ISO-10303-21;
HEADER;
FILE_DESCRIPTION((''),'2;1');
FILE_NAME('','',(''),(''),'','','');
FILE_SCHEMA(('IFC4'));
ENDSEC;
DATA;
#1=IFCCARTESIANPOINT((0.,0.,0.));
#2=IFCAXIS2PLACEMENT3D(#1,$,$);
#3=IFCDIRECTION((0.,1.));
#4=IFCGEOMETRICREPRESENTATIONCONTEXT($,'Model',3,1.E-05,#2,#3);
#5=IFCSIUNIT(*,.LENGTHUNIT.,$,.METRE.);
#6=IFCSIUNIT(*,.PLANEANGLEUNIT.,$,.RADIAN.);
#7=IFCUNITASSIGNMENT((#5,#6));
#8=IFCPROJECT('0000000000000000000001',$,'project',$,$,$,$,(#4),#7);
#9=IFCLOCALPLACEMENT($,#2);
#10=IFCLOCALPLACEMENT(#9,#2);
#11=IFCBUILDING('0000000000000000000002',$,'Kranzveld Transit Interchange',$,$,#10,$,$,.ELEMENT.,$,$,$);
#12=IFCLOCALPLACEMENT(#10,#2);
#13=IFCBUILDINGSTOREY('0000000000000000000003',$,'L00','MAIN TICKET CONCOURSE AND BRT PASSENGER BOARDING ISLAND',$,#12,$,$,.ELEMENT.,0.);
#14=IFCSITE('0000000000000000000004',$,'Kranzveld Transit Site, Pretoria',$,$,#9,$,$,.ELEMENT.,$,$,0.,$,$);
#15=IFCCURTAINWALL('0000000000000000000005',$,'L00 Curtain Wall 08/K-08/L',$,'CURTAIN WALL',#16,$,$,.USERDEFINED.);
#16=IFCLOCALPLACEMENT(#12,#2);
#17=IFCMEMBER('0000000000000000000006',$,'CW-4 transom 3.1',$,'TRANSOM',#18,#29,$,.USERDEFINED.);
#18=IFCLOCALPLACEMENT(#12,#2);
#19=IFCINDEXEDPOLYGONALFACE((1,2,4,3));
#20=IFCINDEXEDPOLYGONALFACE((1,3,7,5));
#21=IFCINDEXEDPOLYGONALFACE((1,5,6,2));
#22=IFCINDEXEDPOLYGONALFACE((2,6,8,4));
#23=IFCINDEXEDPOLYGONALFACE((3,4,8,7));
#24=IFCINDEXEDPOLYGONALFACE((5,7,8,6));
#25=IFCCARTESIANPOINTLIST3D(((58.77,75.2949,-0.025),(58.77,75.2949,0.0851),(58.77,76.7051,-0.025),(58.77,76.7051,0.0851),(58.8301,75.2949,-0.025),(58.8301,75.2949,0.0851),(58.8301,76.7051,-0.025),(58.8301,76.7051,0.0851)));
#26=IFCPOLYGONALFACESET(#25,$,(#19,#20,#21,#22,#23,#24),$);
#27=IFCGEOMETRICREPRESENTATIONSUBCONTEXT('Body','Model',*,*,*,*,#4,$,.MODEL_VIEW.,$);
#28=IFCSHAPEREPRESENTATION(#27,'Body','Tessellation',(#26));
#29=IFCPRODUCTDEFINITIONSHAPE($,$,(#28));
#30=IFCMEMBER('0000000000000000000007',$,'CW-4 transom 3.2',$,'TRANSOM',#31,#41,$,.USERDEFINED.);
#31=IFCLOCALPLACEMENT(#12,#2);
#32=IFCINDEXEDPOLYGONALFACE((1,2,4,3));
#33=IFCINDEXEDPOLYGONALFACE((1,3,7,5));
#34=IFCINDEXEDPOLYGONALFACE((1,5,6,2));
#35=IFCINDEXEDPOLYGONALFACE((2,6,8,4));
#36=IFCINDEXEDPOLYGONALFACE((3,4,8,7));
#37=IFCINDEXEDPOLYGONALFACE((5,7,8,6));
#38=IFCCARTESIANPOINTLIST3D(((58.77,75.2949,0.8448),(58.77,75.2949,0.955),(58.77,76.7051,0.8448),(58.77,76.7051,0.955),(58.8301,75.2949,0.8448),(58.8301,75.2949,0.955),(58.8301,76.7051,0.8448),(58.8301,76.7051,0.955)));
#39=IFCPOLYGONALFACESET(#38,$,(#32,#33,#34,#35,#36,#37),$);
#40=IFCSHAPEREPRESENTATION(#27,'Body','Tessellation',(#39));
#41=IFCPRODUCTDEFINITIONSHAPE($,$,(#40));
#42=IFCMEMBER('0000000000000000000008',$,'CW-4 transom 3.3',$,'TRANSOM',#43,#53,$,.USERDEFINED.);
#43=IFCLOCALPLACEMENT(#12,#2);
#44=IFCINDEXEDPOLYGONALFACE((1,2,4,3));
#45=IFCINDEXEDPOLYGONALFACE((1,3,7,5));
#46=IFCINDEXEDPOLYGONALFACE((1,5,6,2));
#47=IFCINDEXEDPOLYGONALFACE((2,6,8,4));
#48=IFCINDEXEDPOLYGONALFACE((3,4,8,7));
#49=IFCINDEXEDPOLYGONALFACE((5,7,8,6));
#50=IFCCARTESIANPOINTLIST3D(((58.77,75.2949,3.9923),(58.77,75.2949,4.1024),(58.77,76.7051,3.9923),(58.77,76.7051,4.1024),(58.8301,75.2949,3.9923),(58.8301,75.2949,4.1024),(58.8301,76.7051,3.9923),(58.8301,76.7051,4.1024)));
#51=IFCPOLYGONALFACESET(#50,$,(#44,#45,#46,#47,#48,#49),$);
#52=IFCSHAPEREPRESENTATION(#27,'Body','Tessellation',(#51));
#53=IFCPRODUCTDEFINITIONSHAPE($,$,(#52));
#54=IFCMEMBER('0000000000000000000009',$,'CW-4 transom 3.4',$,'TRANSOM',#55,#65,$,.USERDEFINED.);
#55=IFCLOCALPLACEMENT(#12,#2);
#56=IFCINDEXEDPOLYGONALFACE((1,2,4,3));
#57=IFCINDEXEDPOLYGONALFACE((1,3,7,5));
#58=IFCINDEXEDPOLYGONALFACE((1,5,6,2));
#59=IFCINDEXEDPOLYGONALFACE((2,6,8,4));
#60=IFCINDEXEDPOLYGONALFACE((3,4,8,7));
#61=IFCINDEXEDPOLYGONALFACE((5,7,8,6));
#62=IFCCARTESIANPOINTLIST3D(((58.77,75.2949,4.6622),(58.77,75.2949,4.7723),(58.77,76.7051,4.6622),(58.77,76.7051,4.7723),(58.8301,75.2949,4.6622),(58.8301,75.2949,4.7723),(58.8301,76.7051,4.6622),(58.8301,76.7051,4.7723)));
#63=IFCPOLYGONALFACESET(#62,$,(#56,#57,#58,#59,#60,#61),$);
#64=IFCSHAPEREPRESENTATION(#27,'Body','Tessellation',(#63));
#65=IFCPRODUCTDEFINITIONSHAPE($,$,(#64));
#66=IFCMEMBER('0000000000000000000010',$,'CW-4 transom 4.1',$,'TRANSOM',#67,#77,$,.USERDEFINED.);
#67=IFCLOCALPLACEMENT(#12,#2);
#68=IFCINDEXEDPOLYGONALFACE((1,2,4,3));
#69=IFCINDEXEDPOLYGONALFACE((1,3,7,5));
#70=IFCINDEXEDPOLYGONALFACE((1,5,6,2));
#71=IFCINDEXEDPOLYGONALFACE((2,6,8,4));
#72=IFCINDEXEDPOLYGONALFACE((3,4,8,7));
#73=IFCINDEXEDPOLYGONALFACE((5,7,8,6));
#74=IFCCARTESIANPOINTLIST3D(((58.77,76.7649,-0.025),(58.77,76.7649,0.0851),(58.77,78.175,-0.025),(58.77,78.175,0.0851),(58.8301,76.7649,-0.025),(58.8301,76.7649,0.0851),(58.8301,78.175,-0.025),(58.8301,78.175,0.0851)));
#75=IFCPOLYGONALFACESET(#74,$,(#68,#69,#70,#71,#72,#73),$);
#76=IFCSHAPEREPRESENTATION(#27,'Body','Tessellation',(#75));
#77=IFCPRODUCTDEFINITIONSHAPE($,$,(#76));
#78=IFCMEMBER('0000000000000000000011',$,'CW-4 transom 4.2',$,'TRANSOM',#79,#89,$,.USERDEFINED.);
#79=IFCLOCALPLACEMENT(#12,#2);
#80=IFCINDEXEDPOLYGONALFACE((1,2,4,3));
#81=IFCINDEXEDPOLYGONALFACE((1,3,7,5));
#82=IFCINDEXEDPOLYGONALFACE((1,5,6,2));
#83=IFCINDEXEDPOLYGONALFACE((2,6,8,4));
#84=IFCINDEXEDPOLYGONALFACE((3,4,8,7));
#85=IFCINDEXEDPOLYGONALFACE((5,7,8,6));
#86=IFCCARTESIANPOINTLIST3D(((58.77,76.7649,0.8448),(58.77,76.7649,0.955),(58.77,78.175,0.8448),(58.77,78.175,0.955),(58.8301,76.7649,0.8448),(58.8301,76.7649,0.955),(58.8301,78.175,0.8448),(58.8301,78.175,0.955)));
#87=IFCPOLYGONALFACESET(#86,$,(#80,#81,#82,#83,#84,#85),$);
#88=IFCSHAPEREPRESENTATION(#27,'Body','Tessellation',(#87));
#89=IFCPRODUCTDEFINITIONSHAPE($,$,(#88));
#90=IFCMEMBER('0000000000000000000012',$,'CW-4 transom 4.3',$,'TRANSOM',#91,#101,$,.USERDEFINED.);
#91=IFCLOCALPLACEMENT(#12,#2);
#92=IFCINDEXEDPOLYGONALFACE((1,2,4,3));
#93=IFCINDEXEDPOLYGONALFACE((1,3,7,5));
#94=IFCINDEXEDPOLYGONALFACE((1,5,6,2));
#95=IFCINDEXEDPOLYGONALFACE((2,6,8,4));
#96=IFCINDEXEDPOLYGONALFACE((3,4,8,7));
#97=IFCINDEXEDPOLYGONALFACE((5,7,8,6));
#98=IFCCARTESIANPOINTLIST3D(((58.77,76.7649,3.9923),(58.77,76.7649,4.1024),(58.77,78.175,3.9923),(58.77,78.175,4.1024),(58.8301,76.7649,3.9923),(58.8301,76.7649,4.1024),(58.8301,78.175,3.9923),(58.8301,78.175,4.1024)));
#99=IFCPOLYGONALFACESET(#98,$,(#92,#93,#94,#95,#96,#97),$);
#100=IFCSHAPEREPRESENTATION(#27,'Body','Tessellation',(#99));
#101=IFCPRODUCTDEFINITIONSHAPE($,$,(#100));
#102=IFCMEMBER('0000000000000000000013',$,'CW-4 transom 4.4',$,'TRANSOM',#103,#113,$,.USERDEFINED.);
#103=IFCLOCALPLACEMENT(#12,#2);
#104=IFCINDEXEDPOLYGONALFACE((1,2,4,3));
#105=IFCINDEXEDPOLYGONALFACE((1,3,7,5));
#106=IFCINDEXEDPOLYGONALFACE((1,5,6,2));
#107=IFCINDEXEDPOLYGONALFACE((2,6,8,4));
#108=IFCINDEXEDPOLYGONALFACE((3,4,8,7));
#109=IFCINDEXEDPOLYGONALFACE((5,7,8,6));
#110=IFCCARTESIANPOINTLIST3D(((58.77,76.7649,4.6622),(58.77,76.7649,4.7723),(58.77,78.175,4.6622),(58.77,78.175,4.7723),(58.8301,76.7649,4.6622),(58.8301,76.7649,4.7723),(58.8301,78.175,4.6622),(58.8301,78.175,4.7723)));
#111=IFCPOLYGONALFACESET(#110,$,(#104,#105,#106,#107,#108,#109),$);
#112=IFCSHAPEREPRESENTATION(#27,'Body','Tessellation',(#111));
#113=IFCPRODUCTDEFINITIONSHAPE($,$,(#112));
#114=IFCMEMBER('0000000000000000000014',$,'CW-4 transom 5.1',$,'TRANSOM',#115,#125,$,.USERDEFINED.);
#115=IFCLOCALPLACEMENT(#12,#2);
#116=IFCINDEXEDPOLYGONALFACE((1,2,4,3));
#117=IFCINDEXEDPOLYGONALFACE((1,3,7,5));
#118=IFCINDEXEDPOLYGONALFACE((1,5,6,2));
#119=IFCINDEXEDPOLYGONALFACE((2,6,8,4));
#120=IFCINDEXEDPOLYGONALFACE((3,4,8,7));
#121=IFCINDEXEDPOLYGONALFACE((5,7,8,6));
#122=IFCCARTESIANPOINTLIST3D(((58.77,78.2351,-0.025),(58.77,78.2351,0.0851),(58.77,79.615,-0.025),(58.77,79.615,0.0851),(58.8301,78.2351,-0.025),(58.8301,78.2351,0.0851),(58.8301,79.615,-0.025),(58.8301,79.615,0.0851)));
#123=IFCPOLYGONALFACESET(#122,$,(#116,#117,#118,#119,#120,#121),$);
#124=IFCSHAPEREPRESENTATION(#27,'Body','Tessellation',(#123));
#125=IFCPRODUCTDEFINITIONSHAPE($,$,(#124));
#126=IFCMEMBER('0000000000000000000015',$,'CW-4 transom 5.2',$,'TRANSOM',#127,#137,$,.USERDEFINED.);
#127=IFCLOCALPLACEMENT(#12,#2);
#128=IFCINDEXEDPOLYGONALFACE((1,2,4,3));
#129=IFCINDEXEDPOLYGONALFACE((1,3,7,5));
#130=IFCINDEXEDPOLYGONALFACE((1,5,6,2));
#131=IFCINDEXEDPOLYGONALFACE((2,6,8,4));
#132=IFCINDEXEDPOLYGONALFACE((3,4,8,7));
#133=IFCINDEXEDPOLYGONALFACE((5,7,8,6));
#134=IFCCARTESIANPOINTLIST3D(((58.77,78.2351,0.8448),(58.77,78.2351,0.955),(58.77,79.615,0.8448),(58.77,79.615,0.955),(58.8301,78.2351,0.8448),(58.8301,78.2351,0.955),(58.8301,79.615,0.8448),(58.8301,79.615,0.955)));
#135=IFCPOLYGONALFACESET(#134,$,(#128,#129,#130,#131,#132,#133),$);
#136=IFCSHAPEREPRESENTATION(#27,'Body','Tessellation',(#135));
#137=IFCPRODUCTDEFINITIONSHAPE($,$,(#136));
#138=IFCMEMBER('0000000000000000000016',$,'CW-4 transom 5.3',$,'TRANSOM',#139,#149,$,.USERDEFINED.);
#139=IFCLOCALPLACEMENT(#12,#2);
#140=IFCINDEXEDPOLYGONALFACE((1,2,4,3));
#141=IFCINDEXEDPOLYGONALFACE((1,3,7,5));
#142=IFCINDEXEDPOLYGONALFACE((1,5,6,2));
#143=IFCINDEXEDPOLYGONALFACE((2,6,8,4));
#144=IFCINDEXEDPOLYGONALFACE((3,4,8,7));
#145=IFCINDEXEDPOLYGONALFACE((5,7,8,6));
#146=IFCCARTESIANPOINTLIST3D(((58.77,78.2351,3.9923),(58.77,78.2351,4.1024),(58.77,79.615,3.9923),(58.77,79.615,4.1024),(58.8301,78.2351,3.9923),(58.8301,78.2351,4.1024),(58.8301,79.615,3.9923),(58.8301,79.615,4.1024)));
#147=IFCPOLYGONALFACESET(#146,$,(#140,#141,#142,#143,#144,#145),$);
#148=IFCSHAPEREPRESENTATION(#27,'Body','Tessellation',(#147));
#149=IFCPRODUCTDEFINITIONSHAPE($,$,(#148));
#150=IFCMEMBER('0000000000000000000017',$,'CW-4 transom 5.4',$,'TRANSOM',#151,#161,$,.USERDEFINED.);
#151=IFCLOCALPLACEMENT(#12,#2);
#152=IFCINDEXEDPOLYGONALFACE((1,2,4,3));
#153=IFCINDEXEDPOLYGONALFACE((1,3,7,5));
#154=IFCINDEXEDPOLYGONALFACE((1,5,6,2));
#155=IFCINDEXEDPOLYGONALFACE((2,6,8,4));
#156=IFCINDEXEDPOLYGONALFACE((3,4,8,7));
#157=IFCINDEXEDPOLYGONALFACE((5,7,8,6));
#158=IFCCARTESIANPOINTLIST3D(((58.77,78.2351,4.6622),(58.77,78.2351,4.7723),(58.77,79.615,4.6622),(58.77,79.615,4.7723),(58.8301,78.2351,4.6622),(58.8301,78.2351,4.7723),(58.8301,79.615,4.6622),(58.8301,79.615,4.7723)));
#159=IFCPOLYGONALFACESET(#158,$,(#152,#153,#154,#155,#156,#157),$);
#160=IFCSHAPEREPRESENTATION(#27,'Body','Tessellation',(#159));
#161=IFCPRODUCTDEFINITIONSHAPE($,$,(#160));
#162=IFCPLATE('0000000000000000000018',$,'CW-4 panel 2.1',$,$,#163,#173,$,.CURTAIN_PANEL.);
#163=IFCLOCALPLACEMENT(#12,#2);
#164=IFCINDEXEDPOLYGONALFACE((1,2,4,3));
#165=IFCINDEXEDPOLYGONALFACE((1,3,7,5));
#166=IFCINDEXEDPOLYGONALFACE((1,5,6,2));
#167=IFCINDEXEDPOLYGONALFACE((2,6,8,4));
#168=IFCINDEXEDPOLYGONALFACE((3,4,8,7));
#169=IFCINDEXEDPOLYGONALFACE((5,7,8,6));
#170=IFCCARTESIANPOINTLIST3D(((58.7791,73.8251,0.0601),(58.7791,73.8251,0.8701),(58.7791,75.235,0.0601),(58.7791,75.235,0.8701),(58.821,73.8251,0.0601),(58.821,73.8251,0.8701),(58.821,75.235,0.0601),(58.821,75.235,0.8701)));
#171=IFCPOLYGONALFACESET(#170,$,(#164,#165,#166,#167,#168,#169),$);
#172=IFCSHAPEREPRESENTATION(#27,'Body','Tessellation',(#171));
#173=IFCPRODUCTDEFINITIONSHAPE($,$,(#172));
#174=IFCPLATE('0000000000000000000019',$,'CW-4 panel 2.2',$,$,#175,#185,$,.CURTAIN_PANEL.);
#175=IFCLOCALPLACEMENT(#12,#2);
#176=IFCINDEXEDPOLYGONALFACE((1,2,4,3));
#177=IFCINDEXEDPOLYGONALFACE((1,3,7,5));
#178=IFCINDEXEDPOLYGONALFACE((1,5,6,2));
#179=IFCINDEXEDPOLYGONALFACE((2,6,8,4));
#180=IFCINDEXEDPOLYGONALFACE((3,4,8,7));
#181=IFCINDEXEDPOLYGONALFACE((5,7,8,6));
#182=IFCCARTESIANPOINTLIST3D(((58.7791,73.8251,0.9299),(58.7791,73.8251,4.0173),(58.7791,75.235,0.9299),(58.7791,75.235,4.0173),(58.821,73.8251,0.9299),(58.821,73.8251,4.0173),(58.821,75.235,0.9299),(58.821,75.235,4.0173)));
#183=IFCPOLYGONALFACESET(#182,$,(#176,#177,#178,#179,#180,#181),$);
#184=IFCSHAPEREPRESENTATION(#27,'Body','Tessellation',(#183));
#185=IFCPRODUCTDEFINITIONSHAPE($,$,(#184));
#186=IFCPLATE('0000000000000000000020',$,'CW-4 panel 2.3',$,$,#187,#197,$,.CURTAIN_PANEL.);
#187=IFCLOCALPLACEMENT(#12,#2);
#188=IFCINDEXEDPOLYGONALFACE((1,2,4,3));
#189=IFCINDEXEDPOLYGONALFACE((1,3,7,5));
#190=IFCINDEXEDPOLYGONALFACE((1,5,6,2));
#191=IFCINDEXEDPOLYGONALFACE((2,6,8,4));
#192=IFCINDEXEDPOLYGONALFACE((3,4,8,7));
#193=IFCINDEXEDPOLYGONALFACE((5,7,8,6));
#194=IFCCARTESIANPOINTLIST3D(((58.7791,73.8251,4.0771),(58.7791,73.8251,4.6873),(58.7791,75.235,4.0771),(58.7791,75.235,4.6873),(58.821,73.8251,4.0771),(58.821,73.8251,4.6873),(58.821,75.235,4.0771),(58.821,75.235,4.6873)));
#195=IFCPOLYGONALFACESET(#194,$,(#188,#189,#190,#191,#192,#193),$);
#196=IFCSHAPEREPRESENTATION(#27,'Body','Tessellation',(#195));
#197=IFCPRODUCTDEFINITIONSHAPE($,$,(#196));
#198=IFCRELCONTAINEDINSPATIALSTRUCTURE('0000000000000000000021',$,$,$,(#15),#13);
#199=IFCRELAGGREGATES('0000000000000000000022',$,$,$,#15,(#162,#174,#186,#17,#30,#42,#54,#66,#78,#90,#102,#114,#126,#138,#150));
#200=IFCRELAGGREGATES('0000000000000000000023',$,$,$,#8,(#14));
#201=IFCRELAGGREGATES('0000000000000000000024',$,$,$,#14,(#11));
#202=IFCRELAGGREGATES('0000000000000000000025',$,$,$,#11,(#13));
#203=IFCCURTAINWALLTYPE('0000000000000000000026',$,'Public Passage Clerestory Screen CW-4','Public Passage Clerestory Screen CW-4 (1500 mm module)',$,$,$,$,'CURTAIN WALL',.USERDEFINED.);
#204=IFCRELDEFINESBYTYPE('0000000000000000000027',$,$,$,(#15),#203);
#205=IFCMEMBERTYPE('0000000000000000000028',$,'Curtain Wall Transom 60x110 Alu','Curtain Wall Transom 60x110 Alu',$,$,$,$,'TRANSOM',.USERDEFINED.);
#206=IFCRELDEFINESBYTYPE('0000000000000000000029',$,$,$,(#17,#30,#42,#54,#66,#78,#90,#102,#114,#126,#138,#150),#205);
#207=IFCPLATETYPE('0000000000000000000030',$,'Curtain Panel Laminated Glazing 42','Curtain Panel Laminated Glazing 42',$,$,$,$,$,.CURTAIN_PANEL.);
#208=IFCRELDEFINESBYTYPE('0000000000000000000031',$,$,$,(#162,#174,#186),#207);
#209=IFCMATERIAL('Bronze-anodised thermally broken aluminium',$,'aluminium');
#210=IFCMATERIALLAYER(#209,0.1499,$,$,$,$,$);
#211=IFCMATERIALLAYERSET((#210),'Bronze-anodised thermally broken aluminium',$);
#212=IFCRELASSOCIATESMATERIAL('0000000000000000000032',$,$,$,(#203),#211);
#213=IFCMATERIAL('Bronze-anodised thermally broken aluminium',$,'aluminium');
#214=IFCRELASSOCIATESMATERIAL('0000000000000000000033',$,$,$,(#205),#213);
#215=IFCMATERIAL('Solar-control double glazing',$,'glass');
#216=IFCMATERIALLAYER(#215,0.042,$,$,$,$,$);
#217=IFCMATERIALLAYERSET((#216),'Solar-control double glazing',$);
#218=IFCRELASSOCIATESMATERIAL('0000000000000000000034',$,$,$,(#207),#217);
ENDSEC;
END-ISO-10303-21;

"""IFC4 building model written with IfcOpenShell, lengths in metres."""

from ifc_helpers import new_model, si_unit, direction, frame, origin, origin_2d, place, context, subcontext, project, spatial, rectangle, extrude, material, layer, layer_set, material_profile, profile_set, type_object, element, aggregate, save


model = new_model("IFC4")

# Units and contexts
model_context = context("Model", 3, precision=1e-05, world=origin(), true_north=direction((0.0, 1.0)))
body_context = subcontext(model_context, "Body", "Model", "MODEL_VIEW")
ifc_project = project(units=[si_unit("LENGTHUNIT", "METRE"), si_unit("PLANEANGLEUNIT", "RADIAN")], contexts=[model_context])

# Site, building, storey
site_placement = place(None, origin())
site = spatial("IfcSite", under=ifc_project, at=site_placement, Name="Kranzveld Transit Site, Pretoria", CompositionType="ELEMENT", RefElevation=0.0)
building_placement = place(site_placement, origin())
building = spatial("IfcBuilding", under=site, at=building_placement, Name="Kranzveld Transit Interchange", CompositionType="ELEMENT")
storey_placement = place(building_placement, origin())
storey = spatial("IfcBuildingStorey", under=building, at=storey_placement, Name="L00", Description="MAIN TICKET CONCOURSE AND BRT PASSENGER BOARDING ISLAND", CompositionType="ELEMENT", Elevation=0.0)

# Curtain wall, members, plates
ifc_material_1 = material(Name="Bronze-anodised thermally broken aluminium", Category="aluminium")
ifc_layer_1 = layer(ifc_material_1, 0.1499)
ifc_layer_set_1 = layer_set([ifc_layer_1], Name="Bronze-anodised thermally broken aluminium")
curtain_wall_type = type_object("IfcCurtainWallType", Name="Public Passage Clerestory Screen CW-4", Description="Public Passage Clerestory Screen CW-4 (1500 mm module)", ElementType="CURTAIN WALL", PredefinedType="USERDEFINED", material=ifc_layer_set_1)
curtain_wall_placement = place(storey_placement, origin())
curtain_wall = element("IfcCurtainWall", 1, at=curtain_wall_placement, inside=storey, type_object=curtain_wall_type, Name="L00 Curtain Wall 08/K-08/L", ObjectType="CURTAIN WALL", PredefinedType="USERDEFINED")
ifc_material_2 = material(Name="Bronze-anodised thermally broken aluminium", Category="aluminium")
ifc_material_profile_1 = material_profile(ifc_material_2, rectangle(XDim=0.0601, YDim=0.1101, at=origin_2d()), Name="ALU TRANSOM 60x110")
ifc_profile_set_1 = profile_set([ifc_material_profile_1], Name="Bronze-anodised thermally broken aluminium")
member_type_1 = type_object("IfcMemberType", Name="Curtain Wall Transom 60x110 Alu", Description="Curtain Wall Transom 60x110 Alu", ElementType="TRANSOM", PredefinedType="USERDEFINED", material=ifc_profile_set_1)
member_1_placement = place(storey_placement, frame((58.8, 75.2949, 0.03), z_axis=(0.0, 1.0, 0.0), x_axis=(-1.0, 0.0, 0.0)))
member_1 = element("IfcMember", 2, at=member_1_placement, type_object=member_type_1, Name="CW-4 transom 3.1", ObjectType="TRANSOM", PredefinedType="USERDEFINED", context=body_context, shape_type="SweptSolid", body=[
    extrude(rectangle(XDim=0.0601, YDim=0.1101, at=origin_2d()), origin(), (0.0, 0.0, 1.0), 1.4102),
])
member_2_placement = place(storey_placement, frame((58.8, 75.2949, 0.8999), z_axis=(0.0, 1.0, 0.0), x_axis=(-1.0, 0.0, 0.0)))
member_2 = element("IfcMember", 3, at=member_2_placement, type_object=member_type_1, Name="CW-4 transom 3.2", ObjectType="TRANSOM", PredefinedType="USERDEFINED", context=body_context, shape_type="SweptSolid", body=[
    extrude(rectangle(XDim=0.0601, YDim=0.1101, at=origin_2d()), origin(), (0.0, 0.0, 1.0), 1.4102),
])
member_3_placement = place(storey_placement, frame((58.8, 75.2949, 4.0474), z_axis=(0.0, 1.0, 0.0), x_axis=(-1.0, 0.0, 0.0)))
member_3 = element("IfcMember", 4, at=member_3_placement, type_object=member_type_1, Name="CW-4 transom 3.3", ObjectType="TRANSOM", PredefinedType="USERDEFINED", context=body_context, shape_type="SweptSolid", body=[
    extrude(rectangle(XDim=0.0601, YDim=0.1101, at=origin_2d()), origin(), (0.0, 0.0, 1.0), 1.4102),
])
member_4_placement = place(storey_placement, frame((58.8, 75.2949, 4.7173), z_axis=(0.0, 1.0, 0.0), x_axis=(-1.0, 0.0, 0.0)))
member_4 = element("IfcMember", 5, at=member_4_placement, type_object=member_type_1, Name="CW-4 transom 3.4", ObjectType="TRANSOM", PredefinedType="USERDEFINED", context=body_context, shape_type="SweptSolid", body=[
    extrude(rectangle(XDim=0.0601, YDim=0.1101, at=origin_2d()), origin(), (0.0, 0.0, 1.0), 1.4102),
])
member_5_placement = place(storey_placement, frame((58.8, 76.7649, 0.03), z_axis=(0.0, 1.0, 0.0), x_axis=(-1.0, 0.0, 0.0)))
member_5 = element("IfcMember", 6, at=member_5_placement, type_object=member_type_1, Name="CW-4 transom 4.1", ObjectType="TRANSOM", PredefinedType="USERDEFINED", context=body_context, shape_type="SweptSolid", body=[
    extrude(rectangle(XDim=0.0601, YDim=0.1101, at=origin_2d()), origin(), (0.0, 0.0, 1.0), 1.4102),
])
member_6_placement = place(storey_placement, frame((58.8, 76.7649, 0.8999), z_axis=(0.0, 1.0, 0.0), x_axis=(-1.0, 0.0, 0.0)))
member_6 = element("IfcMember", 7, at=member_6_placement, type_object=member_type_1, Name="CW-4 transom 4.2", ObjectType="TRANSOM", PredefinedType="USERDEFINED", context=body_context, shape_type="SweptSolid", body=[
    extrude(rectangle(XDim=0.0601, YDim=0.1101, at=origin_2d()), origin(), (0.0, 0.0, 1.0), 1.4102),
])
member_7_placement = place(storey_placement, frame((58.8, 76.7649, 4.0474), z_axis=(0.0, 1.0, 0.0), x_axis=(-1.0, 0.0, 0.0)))
member_7 = element("IfcMember", 8, at=member_7_placement, type_object=member_type_1, Name="CW-4 transom 4.3", ObjectType="TRANSOM", PredefinedType="USERDEFINED", context=body_context, shape_type="SweptSolid", body=[
    extrude(rectangle(XDim=0.0601, YDim=0.1101, at=origin_2d()), origin(), (0.0, 0.0, 1.0), 1.4102),
])
member_8_placement = place(storey_placement, frame((58.8, 76.7649, 4.7173), z_axis=(0.0, 1.0, 0.0), x_axis=(-1.0, 0.0, 0.0)))
member_8 = element("IfcMember", 9, at=member_8_placement, type_object=member_type_1, Name="CW-4 transom 4.4", ObjectType="TRANSOM", PredefinedType="USERDEFINED", context=body_context, shape_type="SweptSolid", body=[
    extrude(rectangle(XDim=0.0601, YDim=0.1101, at=origin_2d()), origin(), (0.0, 0.0, 1.0), 1.4102),
])
member_9_placement = place(storey_placement, frame((58.8, 78.2351, 0.03), z_axis=(0.0, 1.0, 0.0), x_axis=(-1.0, 0.0, 0.0)))
member_9 = element("IfcMember", 10, at=member_9_placement, type_object=member_type_1, Name="CW-4 transom 5.1", ObjectType="TRANSOM", PredefinedType="USERDEFINED", context=body_context, shape_type="SweptSolid", body=[
    extrude(rectangle(XDim=0.0601, YDim=0.1101, at=origin_2d()), origin(), (0.0, 0.0, 1.0), 1.3799),
])
member_10_placement = place(storey_placement, frame((58.8, 78.2351, 0.8999), z_axis=(0.0, 1.0, 0.0), x_axis=(-1.0, 0.0, 0.0)))
member_10 = element("IfcMember", 11, at=member_10_placement, type_object=member_type_1, Name="CW-4 transom 5.2", ObjectType="TRANSOM", PredefinedType="USERDEFINED", context=body_context, shape_type="SweptSolid", body=[
    extrude(rectangle(XDim=0.0601, YDim=0.1101, at=origin_2d()), origin(), (0.0, 0.0, 1.0), 1.3799),
])
member_11_placement = place(storey_placement, frame((58.8, 78.2351, 4.0474), z_axis=(0.0, 1.0, 0.0), x_axis=(-1.0, 0.0, 0.0)))
member_11 = element("IfcMember", 12, at=member_11_placement, type_object=member_type_1, Name="CW-4 transom 5.3", ObjectType="TRANSOM", PredefinedType="USERDEFINED", context=body_context, shape_type="SweptSolid", body=[
    extrude(rectangle(XDim=0.0601, YDim=0.1101, at=origin_2d()), origin(), (0.0, 0.0, 1.0), 1.3799),
])
member_12_placement = place(storey_placement, frame((58.8, 78.2351, 4.7173), z_axis=(0.0, 1.0, 0.0), x_axis=(-1.0, 0.0, 0.0)))
member_12 = element("IfcMember", 13, at=member_12_placement, type_object=member_type_1, Name="CW-4 transom 5.4", ObjectType="TRANSOM", PredefinedType="USERDEFINED", context=body_context, shape_type="SweptSolid", body=[
    extrude(rectangle(XDim=0.0601, YDim=0.1101, at=origin_2d()), origin(), (0.0, 0.0, 1.0), 1.3799),
])
ifc_material_3 = material(Name="Solar-control double glazing", Category="glass")
ifc_layer_2 = layer(ifc_material_3, 0.042)
ifc_layer_set_2 = layer_set([ifc_layer_2], Name="Solar-control double glazing")
plate_type = type_object("IfcPlateType", Name="Curtain Panel Laminated Glazing 42", Description="Curtain Panel Laminated Glazing 42", PredefinedType="CURTAIN_PANEL", material=ifc_layer_set_2)
plate_1_placement = place(storey_placement, frame((58.8, 74.53, 0.0601), z_axis=(0.0, 0.0, 1.0), x_axis=(0.0, 1.0, 0.0)))
plate_1 = element("IfcPlate", 14, at=plate_1_placement, type_object=plate_type, Name="CW-4 panel 2.1", PredefinedType="CURTAIN_PANEL", context=body_context, shape_type="SweptSolid", body=[
    extrude(rectangle(XDim=1.4099, YDim=0.042, at=origin_2d()), origin(), (0.0, 0.0, 1.0), 0.8101),
])
plate_2_placement = place(storey_placement, frame((58.8, 74.53, 0.9299), z_axis=(0.0, 0.0, 1.0), x_axis=(0.0, 1.0, 0.0)))
plate_2 = element("IfcPlate", 15, at=plate_2_placement, type_object=plate_type, Name="CW-4 panel 2.2", PredefinedType="CURTAIN_PANEL", context=body_context, shape_type="SweptSolid", body=[
    extrude(rectangle(XDim=1.4099, YDim=0.042, at=origin_2d()), origin(), (0.0, 0.0, 1.0), 3.0874),
])
plate_3_placement = place(storey_placement, frame((58.8, 74.53, 4.0771), z_axis=(0.0, 0.0, 1.0), x_axis=(0.0, 1.0, 0.0)))
plate_3 = element("IfcPlate", 16, at=plate_3_placement, type_object=plate_type, Name="CW-4 panel 2.3", PredefinedType="CURTAIN_PANEL", context=body_context, shape_type="SweptSolid", body=[
    extrude(rectangle(XDim=1.4099, YDim=0.042, at=origin_2d()), origin(), (0.0, 0.0, 1.0), 0.6101),
])
aggregate(curtain_wall, [plate_1, plate_2, plate_3, member_1, member_2, member_3, member_4, member_5, member_6, member_7, member_8, member_9, member_10, member_11, member_12])

save(model, "model.ifc")
